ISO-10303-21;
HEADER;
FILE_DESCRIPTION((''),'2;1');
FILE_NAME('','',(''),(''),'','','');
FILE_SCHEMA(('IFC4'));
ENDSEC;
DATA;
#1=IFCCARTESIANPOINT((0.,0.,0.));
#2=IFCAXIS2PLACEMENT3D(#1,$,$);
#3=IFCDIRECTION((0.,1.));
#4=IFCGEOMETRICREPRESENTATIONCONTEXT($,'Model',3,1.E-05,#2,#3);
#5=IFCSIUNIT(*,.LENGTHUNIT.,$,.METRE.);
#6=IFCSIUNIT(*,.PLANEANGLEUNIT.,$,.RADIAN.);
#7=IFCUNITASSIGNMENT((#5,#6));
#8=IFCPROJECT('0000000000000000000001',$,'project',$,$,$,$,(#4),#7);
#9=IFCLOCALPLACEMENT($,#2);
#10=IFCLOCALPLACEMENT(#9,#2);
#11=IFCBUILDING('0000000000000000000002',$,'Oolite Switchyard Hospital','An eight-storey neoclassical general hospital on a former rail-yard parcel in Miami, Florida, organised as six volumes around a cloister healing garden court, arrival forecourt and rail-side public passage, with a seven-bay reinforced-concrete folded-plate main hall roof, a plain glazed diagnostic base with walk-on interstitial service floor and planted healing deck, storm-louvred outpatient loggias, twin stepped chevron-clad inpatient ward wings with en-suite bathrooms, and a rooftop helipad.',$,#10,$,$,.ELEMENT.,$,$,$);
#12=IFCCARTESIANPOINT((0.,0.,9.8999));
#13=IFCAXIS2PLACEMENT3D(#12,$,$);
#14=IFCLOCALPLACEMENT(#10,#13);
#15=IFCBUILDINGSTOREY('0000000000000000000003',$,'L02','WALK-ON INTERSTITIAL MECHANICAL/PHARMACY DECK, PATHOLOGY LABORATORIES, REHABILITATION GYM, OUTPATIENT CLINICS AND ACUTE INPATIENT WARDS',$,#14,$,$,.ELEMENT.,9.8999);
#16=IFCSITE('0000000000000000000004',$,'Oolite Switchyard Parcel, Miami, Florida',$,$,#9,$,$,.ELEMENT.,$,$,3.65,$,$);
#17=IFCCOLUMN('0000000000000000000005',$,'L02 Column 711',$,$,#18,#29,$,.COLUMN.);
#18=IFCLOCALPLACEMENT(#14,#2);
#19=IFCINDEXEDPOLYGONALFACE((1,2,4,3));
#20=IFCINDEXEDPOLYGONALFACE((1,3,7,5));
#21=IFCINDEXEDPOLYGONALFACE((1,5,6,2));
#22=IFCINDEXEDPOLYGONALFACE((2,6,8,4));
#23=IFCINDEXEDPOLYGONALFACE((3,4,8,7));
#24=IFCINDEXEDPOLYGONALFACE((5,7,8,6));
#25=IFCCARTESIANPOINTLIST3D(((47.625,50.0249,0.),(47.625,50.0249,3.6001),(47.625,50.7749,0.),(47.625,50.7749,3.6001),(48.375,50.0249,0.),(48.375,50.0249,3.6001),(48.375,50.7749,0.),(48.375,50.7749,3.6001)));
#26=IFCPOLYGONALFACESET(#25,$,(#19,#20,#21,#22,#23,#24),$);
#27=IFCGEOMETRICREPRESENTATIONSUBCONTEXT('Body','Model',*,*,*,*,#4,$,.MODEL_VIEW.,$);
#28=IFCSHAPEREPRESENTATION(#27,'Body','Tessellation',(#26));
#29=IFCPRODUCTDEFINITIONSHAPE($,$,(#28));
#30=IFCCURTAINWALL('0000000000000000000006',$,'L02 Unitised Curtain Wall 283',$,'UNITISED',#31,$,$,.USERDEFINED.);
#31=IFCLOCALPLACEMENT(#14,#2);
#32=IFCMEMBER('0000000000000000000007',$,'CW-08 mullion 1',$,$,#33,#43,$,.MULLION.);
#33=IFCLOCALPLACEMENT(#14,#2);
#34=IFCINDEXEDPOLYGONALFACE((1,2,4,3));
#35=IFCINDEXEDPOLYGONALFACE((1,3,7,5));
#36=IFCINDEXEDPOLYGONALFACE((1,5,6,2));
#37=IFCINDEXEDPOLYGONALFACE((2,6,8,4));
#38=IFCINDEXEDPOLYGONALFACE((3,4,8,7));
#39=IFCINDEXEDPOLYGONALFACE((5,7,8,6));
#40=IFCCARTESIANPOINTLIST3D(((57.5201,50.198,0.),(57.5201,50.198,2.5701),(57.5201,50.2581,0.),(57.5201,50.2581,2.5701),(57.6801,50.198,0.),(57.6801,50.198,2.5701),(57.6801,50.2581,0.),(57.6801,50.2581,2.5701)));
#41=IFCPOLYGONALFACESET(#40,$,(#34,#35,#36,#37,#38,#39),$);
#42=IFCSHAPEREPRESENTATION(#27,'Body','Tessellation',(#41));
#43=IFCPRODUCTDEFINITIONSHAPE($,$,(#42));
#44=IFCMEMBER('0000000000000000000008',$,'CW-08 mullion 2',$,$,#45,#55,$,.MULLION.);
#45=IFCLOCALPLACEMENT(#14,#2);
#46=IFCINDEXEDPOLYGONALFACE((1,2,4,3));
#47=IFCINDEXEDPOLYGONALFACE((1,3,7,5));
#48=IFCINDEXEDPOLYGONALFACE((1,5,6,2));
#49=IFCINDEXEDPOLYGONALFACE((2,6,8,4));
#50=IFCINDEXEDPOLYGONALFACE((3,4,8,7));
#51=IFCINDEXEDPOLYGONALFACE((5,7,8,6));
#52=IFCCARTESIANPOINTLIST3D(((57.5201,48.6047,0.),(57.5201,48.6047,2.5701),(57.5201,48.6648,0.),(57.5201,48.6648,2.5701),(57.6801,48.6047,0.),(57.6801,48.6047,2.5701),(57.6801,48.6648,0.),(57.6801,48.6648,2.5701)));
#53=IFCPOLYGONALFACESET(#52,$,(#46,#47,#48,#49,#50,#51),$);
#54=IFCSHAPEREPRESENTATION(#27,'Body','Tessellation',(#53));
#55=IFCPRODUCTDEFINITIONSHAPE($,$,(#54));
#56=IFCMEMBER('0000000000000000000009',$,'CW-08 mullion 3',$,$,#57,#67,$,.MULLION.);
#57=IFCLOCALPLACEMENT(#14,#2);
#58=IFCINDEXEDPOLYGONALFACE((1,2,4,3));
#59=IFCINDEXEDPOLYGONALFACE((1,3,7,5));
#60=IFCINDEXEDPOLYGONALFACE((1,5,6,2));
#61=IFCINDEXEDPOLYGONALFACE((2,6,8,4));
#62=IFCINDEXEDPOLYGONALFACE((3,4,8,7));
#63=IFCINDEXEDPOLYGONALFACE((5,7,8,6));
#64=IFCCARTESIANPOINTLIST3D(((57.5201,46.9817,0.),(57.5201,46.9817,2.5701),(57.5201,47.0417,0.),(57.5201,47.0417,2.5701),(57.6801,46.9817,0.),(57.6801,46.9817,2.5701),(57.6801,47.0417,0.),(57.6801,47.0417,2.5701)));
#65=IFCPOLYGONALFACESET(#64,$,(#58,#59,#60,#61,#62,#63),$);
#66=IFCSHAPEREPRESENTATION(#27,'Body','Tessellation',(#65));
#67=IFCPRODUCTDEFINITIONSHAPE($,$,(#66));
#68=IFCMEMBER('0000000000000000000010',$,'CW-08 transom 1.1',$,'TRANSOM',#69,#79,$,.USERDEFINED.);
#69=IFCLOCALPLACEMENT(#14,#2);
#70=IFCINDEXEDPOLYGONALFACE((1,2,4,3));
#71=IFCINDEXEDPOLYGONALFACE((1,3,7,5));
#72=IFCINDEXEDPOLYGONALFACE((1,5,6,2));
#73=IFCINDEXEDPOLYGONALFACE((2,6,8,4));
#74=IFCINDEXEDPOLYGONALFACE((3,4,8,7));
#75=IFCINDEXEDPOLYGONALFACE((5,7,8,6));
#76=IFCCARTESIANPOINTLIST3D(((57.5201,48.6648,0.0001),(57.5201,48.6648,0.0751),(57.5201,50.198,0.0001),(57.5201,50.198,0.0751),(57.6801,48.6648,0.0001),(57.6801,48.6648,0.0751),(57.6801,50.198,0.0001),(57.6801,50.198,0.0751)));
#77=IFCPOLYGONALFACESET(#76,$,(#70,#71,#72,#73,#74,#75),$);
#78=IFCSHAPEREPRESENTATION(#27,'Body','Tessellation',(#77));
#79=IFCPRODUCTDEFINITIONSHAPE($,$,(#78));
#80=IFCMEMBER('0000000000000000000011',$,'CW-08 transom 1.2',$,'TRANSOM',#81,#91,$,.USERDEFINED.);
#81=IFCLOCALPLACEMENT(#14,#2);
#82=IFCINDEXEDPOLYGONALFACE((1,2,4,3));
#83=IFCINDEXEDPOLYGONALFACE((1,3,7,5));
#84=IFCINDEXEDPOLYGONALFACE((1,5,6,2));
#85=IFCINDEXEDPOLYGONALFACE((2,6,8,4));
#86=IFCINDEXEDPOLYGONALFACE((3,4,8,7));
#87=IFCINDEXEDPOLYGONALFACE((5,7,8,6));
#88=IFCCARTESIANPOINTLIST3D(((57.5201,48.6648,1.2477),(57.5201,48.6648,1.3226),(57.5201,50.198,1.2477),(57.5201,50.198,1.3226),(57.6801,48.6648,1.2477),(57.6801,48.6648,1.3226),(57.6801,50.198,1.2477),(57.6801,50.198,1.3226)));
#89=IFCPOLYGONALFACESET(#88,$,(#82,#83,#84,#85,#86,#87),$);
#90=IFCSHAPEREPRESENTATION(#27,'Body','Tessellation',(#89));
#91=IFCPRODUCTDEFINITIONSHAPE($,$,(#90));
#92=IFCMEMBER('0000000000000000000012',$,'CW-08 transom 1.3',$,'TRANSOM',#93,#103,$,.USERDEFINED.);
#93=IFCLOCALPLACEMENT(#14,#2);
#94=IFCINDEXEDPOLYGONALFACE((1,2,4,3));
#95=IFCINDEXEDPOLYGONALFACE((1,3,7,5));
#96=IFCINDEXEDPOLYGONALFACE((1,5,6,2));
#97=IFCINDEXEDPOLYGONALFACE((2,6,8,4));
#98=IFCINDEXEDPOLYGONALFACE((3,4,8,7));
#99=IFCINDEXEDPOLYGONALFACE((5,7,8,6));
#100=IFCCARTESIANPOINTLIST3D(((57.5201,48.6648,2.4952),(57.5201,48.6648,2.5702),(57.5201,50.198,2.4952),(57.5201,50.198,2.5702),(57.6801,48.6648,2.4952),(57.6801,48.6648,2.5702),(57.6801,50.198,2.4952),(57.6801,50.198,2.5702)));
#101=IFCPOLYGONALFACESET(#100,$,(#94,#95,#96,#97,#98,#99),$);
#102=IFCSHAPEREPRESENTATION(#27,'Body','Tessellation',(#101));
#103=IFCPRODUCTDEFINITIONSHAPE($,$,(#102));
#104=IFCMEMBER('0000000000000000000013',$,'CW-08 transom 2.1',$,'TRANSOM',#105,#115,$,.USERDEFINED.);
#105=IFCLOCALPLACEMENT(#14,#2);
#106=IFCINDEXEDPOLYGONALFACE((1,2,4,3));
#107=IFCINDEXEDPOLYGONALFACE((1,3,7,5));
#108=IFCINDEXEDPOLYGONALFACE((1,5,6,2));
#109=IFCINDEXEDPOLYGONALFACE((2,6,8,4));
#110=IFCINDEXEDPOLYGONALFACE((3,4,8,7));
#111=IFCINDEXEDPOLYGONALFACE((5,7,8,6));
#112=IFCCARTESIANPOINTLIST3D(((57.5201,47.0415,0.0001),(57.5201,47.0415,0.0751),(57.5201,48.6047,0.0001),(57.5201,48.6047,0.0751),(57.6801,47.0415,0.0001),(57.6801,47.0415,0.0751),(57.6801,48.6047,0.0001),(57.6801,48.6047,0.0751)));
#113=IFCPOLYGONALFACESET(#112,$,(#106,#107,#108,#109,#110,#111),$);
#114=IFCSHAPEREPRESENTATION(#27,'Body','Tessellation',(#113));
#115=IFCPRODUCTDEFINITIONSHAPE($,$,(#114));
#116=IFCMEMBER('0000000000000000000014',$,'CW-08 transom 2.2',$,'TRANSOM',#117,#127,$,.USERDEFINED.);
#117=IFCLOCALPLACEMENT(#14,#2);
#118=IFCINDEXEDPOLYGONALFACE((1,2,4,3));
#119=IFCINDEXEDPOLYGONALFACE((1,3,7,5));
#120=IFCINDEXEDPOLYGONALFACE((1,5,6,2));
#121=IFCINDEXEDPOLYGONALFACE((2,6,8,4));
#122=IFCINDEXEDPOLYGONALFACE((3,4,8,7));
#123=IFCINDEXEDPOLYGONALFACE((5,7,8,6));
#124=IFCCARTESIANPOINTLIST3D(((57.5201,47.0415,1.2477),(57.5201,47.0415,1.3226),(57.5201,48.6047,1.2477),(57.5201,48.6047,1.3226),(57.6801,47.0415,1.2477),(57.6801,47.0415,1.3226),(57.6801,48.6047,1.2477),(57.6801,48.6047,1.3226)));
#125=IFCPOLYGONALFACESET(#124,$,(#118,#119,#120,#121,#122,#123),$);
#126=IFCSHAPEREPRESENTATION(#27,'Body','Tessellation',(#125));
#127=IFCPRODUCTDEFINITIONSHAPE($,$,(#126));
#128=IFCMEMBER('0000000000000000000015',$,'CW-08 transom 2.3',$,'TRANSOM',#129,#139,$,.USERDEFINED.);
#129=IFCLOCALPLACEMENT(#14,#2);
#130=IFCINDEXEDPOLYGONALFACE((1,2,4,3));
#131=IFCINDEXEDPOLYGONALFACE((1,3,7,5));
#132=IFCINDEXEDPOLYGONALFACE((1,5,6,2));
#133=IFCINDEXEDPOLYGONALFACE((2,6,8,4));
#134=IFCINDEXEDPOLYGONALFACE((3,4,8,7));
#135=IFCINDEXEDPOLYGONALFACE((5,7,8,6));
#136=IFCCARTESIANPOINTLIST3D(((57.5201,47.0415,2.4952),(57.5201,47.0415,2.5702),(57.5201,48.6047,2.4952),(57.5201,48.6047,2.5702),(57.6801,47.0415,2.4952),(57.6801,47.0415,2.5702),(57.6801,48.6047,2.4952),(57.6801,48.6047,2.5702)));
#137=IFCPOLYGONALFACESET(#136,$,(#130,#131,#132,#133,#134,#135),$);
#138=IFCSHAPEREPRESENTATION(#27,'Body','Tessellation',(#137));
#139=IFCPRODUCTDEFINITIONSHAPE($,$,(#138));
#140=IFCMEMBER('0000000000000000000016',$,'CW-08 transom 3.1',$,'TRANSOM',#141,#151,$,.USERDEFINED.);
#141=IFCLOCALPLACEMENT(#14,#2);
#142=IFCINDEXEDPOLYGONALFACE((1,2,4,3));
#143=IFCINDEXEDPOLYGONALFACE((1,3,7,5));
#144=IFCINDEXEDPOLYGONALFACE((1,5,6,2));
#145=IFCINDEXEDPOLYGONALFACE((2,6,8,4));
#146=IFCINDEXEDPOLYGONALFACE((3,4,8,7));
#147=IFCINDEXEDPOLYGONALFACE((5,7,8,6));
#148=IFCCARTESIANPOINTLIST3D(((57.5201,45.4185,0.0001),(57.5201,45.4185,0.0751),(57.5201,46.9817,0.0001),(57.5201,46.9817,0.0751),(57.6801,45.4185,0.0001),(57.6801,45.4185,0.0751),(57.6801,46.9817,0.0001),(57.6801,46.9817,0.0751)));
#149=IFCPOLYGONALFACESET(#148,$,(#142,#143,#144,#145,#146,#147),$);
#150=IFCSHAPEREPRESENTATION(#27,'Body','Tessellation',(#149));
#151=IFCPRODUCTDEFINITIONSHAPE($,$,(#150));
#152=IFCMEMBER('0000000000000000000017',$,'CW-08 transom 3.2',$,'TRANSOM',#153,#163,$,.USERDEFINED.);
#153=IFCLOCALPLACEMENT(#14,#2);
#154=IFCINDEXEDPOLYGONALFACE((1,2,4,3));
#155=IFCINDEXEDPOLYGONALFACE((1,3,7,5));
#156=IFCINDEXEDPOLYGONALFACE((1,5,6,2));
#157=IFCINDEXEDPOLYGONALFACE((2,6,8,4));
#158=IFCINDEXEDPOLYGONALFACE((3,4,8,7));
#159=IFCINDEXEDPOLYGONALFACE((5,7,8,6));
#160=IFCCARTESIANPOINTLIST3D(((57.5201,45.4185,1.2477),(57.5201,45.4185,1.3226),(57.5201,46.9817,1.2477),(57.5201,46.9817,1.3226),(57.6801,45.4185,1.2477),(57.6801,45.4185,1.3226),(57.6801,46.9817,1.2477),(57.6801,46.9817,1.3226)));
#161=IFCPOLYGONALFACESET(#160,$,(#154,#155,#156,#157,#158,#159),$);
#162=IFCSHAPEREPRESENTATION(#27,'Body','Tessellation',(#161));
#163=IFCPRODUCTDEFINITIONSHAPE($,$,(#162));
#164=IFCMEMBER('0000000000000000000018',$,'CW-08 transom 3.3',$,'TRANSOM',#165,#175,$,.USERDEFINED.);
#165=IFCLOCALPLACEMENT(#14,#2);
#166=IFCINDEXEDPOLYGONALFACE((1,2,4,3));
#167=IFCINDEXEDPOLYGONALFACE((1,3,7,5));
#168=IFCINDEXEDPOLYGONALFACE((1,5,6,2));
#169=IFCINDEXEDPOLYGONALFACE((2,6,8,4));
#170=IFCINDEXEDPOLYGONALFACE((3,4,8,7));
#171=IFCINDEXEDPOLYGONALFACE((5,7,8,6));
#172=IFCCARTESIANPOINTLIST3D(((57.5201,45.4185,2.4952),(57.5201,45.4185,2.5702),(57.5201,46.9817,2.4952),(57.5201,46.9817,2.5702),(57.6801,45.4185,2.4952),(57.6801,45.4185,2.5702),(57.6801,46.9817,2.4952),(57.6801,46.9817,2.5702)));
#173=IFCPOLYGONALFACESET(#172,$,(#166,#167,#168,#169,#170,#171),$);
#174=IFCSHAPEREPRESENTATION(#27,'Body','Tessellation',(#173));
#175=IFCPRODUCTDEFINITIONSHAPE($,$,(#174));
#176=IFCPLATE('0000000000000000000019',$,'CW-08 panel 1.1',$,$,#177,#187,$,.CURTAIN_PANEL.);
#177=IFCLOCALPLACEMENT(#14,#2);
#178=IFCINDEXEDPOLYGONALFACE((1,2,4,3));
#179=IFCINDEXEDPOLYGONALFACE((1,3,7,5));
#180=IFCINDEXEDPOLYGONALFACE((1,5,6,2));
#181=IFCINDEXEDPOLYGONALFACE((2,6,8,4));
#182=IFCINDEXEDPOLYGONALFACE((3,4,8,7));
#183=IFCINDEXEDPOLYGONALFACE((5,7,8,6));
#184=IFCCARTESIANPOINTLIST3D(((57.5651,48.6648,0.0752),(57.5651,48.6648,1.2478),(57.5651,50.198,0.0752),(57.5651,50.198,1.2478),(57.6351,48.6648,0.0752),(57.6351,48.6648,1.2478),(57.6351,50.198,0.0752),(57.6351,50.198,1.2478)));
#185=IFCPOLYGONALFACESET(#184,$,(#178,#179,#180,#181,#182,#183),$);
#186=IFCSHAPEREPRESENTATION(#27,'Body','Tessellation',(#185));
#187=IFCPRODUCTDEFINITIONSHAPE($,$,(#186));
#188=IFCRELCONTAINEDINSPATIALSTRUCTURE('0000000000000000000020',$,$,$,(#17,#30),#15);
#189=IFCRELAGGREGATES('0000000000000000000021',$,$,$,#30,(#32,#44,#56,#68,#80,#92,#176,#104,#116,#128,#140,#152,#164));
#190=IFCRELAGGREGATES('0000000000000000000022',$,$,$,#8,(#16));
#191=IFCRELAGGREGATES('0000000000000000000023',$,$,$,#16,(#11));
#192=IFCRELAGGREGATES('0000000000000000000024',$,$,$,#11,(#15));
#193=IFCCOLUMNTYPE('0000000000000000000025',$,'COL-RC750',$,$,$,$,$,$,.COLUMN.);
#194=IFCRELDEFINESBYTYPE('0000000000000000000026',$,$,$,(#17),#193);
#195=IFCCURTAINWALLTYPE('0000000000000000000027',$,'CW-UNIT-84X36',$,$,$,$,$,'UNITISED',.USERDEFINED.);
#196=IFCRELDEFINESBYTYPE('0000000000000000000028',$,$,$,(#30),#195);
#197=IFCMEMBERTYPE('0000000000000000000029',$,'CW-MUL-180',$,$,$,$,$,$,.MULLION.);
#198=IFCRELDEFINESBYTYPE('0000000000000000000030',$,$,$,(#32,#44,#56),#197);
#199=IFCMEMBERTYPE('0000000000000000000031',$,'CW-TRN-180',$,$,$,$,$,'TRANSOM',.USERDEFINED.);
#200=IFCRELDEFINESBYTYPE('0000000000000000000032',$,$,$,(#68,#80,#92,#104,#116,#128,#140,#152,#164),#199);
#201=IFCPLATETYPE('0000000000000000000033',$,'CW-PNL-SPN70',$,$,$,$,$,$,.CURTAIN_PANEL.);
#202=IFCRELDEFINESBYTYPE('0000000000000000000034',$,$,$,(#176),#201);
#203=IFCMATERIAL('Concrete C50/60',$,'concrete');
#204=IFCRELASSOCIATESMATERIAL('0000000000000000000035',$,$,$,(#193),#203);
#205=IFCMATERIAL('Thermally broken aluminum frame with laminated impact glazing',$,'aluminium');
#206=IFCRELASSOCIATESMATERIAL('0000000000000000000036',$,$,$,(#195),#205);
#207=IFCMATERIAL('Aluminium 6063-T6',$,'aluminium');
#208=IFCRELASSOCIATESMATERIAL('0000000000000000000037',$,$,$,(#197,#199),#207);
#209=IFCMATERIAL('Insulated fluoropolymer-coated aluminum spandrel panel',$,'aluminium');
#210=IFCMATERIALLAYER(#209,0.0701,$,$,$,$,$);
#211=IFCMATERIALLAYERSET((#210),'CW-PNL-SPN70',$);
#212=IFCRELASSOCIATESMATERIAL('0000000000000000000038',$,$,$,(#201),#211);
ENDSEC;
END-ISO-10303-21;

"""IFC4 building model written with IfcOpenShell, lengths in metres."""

from ifc_helpers import new_model, si_unit, direction, frame, origin, origin_2d, place, context, subcontext, project, spatial, rectangle, extrude, material, layer, layer_set, material_profile, profile_set, type_object, element, aggregate, save


model = new_model("IFC4")

# Units and contexts
model_context = context("Model", 3, precision=1e-05, world=origin(), true_north=direction((0.0, 1.0)))
body_context = subcontext(model_context, "Body", "Model", "MODEL_VIEW")
ifc_project = project(units=[si_unit("LENGTHUNIT", "METRE"), si_unit("PLANEANGLEUNIT", "RADIAN")], contexts=[model_context])

# Site, building, storey
site_placement = place(None, origin())
site = spatial("IfcSite", under=ifc_project, at=site_placement, Name="Oolite Switchyard Parcel, Miami, Florida", CompositionType="ELEMENT", RefElevation=3.65)
building_placement = place(site_placement, origin())
building = spatial("IfcBuilding", under=site, at=building_placement, Name="Oolite Switchyard Hospital", Description="An eight-storey neoclassical general hospital on a former rail-yard parcel in Miami, Florida, organised as six volumes around a cloister healing garden court, arrival forecourt and rail-side public passage, with a seven-bay reinforced-concrete folded-plate main hall roof, a plain glazed diagnostic base with walk-on interstitial service floor and planted healing deck, storm-louvred outpatient loggias, twin stepped chevron-clad inpatient ward wings with en-suite bathrooms, and a rooftop helipad.", CompositionType="ELEMENT")
storey_placement = place(building_placement, frame((0.0, 0.0, 9.8999)))
storey = spatial("IfcBuildingStorey", under=building, at=storey_placement, Name="L02", Description="WALK-ON INTERSTITIAL MECHANICAL/PHARMACY DECK, PATHOLOGY LABORATORIES, REHABILITATION GYM, OUTPATIENT CLINICS AND ACUTE INPATIENT WARDS", CompositionType="ELEMENT", Elevation=9.8999)

# Column
ifc_material_1 = material(Name="Concrete C50/60", Category="concrete")
ifc_material_profile_1 = material_profile(ifc_material_1, rectangle(XDim=0.75, YDim=0.75, at=origin_2d()), Name="RC750X750")
ifc_profile_set_1 = profile_set([ifc_material_profile_1], Name="Concrete C50/60")
column_type = type_object("IfcColumnType", Name="COL-RC750", PredefinedType="COLUMN", material=ifc_profile_set_1)
column_placement = place(storey_placement, frame((48.0, 50.3999, 0.0), z_axis=(0.0, 0.0, 1.0), x_axis=(1.0, 0.0, 0.0)))
element("IfcColumn", 1, at=column_placement, inside=storey, type_object=column_type, Name="L02 Column 711", PredefinedType="COLUMN", context=body_context, shape_type="SweptSolid", body=[
    extrude(rectangle(XDim=0.75, YDim=0.75, at=origin_2d()), origin(), (0.0, 0.0, 1.0), 3.6001),
])

# Curtain wall, members, plate
ifc_material_2 = material(Name="Thermally broken aluminum frame with laminated impact glazing", Category="aluminium")
curtain_wall_type = type_object("IfcCurtainWallType", Name="CW-UNIT-84X36", ElementType="UNITISED", PredefinedType="USERDEFINED", material=ifc_material_2)
curtain_wall_placement = place(storey_placement, origin())
curtain_wall = element("IfcCurtainWall", 2, at=curtain_wall_placement, inside=storey, type_object=curtain_wall_type, Name="L02 Unitised Curtain Wall 283", ObjectType="UNITISED", PredefinedType="USERDEFINED")
ifc_material_3 = material(Name="Aluminium 6063-T6", Category="aluminium")
ifc_material_profile_2 = material_profile(ifc_material_3, rectangle(XDim=0.1599, YDim=0.0601, at=origin_2d()), Name="CWM60X160")
ifc_profile_set_2 = profile_set([ifc_material_profile_2], Name="Aluminium 6063-T6")
member_type_1 = type_object("IfcMemberType", Name="CW-MUL-180", PredefinedType="MULLION", material=ifc_profile_set_2)
member_1_placement = place(storey_placement, frame((57.6001, 50.228, 0.0), z_axis=(0.0, 0.0, 1.0), x_axis=(1.0, 0.0, 0.0)))
member_1 = element("IfcMember", 3, at=member_1_placement, type_object=member_type_1, Name="CW-08 mullion 1", PredefinedType="MULLION", context=body_context, shape_type="SweptSolid", body=[
    extrude(rectangle(XDim=0.1599, YDim=0.0601, at=origin_2d()), origin(), (0.0, 0.0, 1.0), 2.5701),
])
member_2_placement = place(storey_placement, frame((57.6001, 48.6348, 0.0), z_axis=(0.0, 0.0, 1.0), x_axis=(1.0, 0.0, 0.0)))
member_2 = element("IfcMember", 4, at=member_2_placement, type_object=member_type_1, Name="CW-08 mullion 2", PredefinedType="MULLION", context=body_context, shape_type="SweptSolid", body=[
    extrude(rectangle(XDim=0.1599, YDim=0.0601, at=origin_2d()), origin(), (0.0, 0.0, 1.0), 2.5701),
])
member_3_placement = place(storey_placement, frame((57.6001, 47.0117, 0.0), z_axis=(0.0, 0.0, 1.0), x_axis=(1.0, 0.0, 0.0)))
member_3 = element("IfcMember", 5, at=member_3_placement, type_object=member_type_1, Name="CW-08 mullion 3", PredefinedType="MULLION", context=body_context, shape_type="SweptSolid", body=[
    extrude(rectangle(XDim=0.1599, YDim=0.0601, at=origin_2d()), origin(), (0.0, 0.0, 1.0), 2.5701),
])
ifc_material_profile_3 = material_profile(ifc_material_3, rectangle(XDim=0.1599, YDim=0.075, at=origin_2d()), Name="CWT75X160")
ifc_profile_set_3 = profile_set([ifc_material_profile_3], Name="Aluminium 6063-T6")
member_type_2 = type_object("IfcMemberType", Name="CW-TRN-180", ElementType="TRANSOM", PredefinedType="USERDEFINED", material=ifc_profile_set_3)
member_4_placement = place(storey_placement, frame((57.6001, 50.198, 0.0376), z_axis=(0.0, -1.0, 0.0), x_axis=(1.0, 0.0, 0.0)))
member_4 = element("IfcMember", 6, at=member_4_placement, type_object=member_type_2, Name="CW-08 transom 1.1", ObjectType="TRANSOM", PredefinedType="USERDEFINED", context=body_context, shape_type="SweptSolid", body=[
    extrude(rectangle(XDim=0.1599, YDim=0.075, at=origin_2d()), origin(), (0.0, 0.0, 1.0), 1.5332),
])
member_5_placement = place(storey_placement, frame((57.6001, 50.198, 1.2852), z_axis=(0.0, -1.0, 0.0), x_axis=(1.0, 0.0, 0.0)))
member_5 = element("IfcMember", 7, at=member_5_placement, type_object=member_type_2, Name="CW-08 transom 1.2", ObjectType="TRANSOM", PredefinedType="USERDEFINED", context=body_context, shape_type="SweptSolid", body=[
    extrude(rectangle(XDim=0.1599, YDim=0.075, at=origin_2d()), origin(), (0.0, 0.0, 1.0), 1.5332),
])
member_6_placement = place(storey_placement, frame((57.6001, 50.198, 2.5327), z_axis=(0.0, -1.0, 0.0), x_axis=(1.0, 0.0, 0.0)))
member_6 = element("IfcMember", 8, at=member_6_placement, type_object=member_type_2, Name="CW-08 transom 1.3", ObjectType="TRANSOM", PredefinedType="USERDEFINED", context=body_context, shape_type="SweptSolid", body=[
    extrude(rectangle(XDim=0.1599, YDim=0.075, at=origin_2d()), origin(), (0.0, 0.0, 1.0), 1.5332),
])
member_7_placement = place(storey_placement, frame((57.6001, 48.6047, 0.0376), z_axis=(0.0, -1.0, 0.0), x_axis=(1.0, 0.0, 0.0)))
member_7 = element("IfcMember", 9, at=member_7_placement, type_object=member_type_2, Name="CW-08 transom 2.1", ObjectType="TRANSOM", PredefinedType="USERDEFINED", context=body_context, shape_type="SweptSolid", body=[
    extrude(rectangle(XDim=0.1599, YDim=0.075, at=origin_2d()), origin(), (0.0, 0.0, 1.0), 1.5632),
])
member_8_placement = place(storey_placement, frame((57.6001, 48.6047, 1.2852), z_axis=(0.0, -1.0, 0.0), x_axis=(1.0, 0.0, 0.0)))
member_8 = element("IfcMember", 10, at=member_8_placement, type_object=member_type_2, Name="CW-08 transom 2.2", ObjectType="TRANSOM", PredefinedType="USERDEFINED", context=body_context, shape_type="SweptSolid", body=[
    extrude(rectangle(XDim=0.1599, YDim=0.075, at=origin_2d()), origin(), (0.0, 0.0, 1.0), 1.5632),
])
member_9_placement = place(storey_placement, frame((57.6001, 48.6047, 2.5327), z_axis=(0.0, -1.0, 0.0), x_axis=(1.0, 0.0, 0.0)))
member_9 = element("IfcMember", 11, at=member_9_placement, type_object=member_type_2, Name="CW-08 transom 2.3", ObjectType="TRANSOM", PredefinedType="USERDEFINED", context=body_context, shape_type="SweptSolid", body=[
    extrude(rectangle(XDim=0.1599, YDim=0.075, at=origin_2d()), origin(), (0.0, 0.0, 1.0), 1.5632),
])
member_10_placement = place(storey_placement, frame((57.6001, 46.9817, 0.0376), z_axis=(0.0, -1.0, 0.0), x_axis=(1.0, 0.0, 0.0)))
member_10 = element("IfcMember", 12, at=member_10_placement, type_object=member_type_2, Name="CW-08 transom 3.1", ObjectType="TRANSOM", PredefinedType="USERDEFINED", context=body_context, shape_type="SweptSolid", body=[
    extrude(rectangle(XDim=0.1599, YDim=0.075, at=origin_2d()), origin(), (0.0, 0.0, 1.0), 1.5632),
])
member_11_placement = place(storey_placement, frame((57.6001, 46.9817, 1.2852), z_axis=(0.0, -1.0, 0.0), x_axis=(1.0, 0.0, 0.0)))
member_11 = element("IfcMember", 13, at=member_11_placement, type_object=member_type_2, Name="CW-08 transom 3.2", ObjectType="TRANSOM", PredefinedType="USERDEFINED", context=body_context, shape_type="SweptSolid", body=[
    extrude(rectangle(XDim=0.1599, YDim=0.075, at=origin_2d()), origin(), (0.0, 0.0, 1.0), 1.5632),
])
member_12_placement = place(storey_placement, frame((57.6001, 46.9817, 2.5327), z_axis=(0.0, -1.0, 0.0), x_axis=(1.0, 0.0, 0.0)))
member_12 = element("IfcMember", 14, at=member_12_placement, type_object=member_type_2, Name="CW-08 transom 3.3", ObjectType="TRANSOM", PredefinedType="USERDEFINED", context=body_context, shape_type="SweptSolid", body=[
    extrude(rectangle(XDim=0.1599, YDim=0.075, at=origin_2d()), origin(), (0.0, 0.0, 1.0), 1.5632),
])
ifc_material_4 = material(Name="Insulated fluoropolymer-coated aluminum spandrel panel", Category="aluminium")
ifc_layer_1 = layer(ifc_material_4, 0.0701)
ifc_layer_set_1 = layer_set([ifc_layer_1], Name="CW-PNL-SPN70")
plate_type = type_object("IfcPlateType", Name="CW-PNL-SPN70", PredefinedType="CURTAIN_PANEL", material=ifc_layer_set_1)
plate_1_placement = place(storey_placement, frame((57.6001, 49.4314, 0.0752), z_axis=(0.0, 0.0, 1.0), x_axis=(0.0, -1.0, 0.0)))
plate_1 = element("IfcPlate", 15, at=plate_1_placement, type_object=plate_type, Name="CW-08 panel 1.1", PredefinedType="CURTAIN_PANEL", context=body_context, shape_type="SweptSolid", body=[
    extrude(rectangle(XDim=1.5332, YDim=0.0701, at=origin_2d()), origin(), (0.0, 0.0, 1.0), 1.1726),
])
aggregate(curtain_wall, [member_1, member_2, member_3, member_4, member_5, member_6, plate_1, member_7, member_8, member_9, member_10, member_11, member_12])

save(model, "model.ifc")
